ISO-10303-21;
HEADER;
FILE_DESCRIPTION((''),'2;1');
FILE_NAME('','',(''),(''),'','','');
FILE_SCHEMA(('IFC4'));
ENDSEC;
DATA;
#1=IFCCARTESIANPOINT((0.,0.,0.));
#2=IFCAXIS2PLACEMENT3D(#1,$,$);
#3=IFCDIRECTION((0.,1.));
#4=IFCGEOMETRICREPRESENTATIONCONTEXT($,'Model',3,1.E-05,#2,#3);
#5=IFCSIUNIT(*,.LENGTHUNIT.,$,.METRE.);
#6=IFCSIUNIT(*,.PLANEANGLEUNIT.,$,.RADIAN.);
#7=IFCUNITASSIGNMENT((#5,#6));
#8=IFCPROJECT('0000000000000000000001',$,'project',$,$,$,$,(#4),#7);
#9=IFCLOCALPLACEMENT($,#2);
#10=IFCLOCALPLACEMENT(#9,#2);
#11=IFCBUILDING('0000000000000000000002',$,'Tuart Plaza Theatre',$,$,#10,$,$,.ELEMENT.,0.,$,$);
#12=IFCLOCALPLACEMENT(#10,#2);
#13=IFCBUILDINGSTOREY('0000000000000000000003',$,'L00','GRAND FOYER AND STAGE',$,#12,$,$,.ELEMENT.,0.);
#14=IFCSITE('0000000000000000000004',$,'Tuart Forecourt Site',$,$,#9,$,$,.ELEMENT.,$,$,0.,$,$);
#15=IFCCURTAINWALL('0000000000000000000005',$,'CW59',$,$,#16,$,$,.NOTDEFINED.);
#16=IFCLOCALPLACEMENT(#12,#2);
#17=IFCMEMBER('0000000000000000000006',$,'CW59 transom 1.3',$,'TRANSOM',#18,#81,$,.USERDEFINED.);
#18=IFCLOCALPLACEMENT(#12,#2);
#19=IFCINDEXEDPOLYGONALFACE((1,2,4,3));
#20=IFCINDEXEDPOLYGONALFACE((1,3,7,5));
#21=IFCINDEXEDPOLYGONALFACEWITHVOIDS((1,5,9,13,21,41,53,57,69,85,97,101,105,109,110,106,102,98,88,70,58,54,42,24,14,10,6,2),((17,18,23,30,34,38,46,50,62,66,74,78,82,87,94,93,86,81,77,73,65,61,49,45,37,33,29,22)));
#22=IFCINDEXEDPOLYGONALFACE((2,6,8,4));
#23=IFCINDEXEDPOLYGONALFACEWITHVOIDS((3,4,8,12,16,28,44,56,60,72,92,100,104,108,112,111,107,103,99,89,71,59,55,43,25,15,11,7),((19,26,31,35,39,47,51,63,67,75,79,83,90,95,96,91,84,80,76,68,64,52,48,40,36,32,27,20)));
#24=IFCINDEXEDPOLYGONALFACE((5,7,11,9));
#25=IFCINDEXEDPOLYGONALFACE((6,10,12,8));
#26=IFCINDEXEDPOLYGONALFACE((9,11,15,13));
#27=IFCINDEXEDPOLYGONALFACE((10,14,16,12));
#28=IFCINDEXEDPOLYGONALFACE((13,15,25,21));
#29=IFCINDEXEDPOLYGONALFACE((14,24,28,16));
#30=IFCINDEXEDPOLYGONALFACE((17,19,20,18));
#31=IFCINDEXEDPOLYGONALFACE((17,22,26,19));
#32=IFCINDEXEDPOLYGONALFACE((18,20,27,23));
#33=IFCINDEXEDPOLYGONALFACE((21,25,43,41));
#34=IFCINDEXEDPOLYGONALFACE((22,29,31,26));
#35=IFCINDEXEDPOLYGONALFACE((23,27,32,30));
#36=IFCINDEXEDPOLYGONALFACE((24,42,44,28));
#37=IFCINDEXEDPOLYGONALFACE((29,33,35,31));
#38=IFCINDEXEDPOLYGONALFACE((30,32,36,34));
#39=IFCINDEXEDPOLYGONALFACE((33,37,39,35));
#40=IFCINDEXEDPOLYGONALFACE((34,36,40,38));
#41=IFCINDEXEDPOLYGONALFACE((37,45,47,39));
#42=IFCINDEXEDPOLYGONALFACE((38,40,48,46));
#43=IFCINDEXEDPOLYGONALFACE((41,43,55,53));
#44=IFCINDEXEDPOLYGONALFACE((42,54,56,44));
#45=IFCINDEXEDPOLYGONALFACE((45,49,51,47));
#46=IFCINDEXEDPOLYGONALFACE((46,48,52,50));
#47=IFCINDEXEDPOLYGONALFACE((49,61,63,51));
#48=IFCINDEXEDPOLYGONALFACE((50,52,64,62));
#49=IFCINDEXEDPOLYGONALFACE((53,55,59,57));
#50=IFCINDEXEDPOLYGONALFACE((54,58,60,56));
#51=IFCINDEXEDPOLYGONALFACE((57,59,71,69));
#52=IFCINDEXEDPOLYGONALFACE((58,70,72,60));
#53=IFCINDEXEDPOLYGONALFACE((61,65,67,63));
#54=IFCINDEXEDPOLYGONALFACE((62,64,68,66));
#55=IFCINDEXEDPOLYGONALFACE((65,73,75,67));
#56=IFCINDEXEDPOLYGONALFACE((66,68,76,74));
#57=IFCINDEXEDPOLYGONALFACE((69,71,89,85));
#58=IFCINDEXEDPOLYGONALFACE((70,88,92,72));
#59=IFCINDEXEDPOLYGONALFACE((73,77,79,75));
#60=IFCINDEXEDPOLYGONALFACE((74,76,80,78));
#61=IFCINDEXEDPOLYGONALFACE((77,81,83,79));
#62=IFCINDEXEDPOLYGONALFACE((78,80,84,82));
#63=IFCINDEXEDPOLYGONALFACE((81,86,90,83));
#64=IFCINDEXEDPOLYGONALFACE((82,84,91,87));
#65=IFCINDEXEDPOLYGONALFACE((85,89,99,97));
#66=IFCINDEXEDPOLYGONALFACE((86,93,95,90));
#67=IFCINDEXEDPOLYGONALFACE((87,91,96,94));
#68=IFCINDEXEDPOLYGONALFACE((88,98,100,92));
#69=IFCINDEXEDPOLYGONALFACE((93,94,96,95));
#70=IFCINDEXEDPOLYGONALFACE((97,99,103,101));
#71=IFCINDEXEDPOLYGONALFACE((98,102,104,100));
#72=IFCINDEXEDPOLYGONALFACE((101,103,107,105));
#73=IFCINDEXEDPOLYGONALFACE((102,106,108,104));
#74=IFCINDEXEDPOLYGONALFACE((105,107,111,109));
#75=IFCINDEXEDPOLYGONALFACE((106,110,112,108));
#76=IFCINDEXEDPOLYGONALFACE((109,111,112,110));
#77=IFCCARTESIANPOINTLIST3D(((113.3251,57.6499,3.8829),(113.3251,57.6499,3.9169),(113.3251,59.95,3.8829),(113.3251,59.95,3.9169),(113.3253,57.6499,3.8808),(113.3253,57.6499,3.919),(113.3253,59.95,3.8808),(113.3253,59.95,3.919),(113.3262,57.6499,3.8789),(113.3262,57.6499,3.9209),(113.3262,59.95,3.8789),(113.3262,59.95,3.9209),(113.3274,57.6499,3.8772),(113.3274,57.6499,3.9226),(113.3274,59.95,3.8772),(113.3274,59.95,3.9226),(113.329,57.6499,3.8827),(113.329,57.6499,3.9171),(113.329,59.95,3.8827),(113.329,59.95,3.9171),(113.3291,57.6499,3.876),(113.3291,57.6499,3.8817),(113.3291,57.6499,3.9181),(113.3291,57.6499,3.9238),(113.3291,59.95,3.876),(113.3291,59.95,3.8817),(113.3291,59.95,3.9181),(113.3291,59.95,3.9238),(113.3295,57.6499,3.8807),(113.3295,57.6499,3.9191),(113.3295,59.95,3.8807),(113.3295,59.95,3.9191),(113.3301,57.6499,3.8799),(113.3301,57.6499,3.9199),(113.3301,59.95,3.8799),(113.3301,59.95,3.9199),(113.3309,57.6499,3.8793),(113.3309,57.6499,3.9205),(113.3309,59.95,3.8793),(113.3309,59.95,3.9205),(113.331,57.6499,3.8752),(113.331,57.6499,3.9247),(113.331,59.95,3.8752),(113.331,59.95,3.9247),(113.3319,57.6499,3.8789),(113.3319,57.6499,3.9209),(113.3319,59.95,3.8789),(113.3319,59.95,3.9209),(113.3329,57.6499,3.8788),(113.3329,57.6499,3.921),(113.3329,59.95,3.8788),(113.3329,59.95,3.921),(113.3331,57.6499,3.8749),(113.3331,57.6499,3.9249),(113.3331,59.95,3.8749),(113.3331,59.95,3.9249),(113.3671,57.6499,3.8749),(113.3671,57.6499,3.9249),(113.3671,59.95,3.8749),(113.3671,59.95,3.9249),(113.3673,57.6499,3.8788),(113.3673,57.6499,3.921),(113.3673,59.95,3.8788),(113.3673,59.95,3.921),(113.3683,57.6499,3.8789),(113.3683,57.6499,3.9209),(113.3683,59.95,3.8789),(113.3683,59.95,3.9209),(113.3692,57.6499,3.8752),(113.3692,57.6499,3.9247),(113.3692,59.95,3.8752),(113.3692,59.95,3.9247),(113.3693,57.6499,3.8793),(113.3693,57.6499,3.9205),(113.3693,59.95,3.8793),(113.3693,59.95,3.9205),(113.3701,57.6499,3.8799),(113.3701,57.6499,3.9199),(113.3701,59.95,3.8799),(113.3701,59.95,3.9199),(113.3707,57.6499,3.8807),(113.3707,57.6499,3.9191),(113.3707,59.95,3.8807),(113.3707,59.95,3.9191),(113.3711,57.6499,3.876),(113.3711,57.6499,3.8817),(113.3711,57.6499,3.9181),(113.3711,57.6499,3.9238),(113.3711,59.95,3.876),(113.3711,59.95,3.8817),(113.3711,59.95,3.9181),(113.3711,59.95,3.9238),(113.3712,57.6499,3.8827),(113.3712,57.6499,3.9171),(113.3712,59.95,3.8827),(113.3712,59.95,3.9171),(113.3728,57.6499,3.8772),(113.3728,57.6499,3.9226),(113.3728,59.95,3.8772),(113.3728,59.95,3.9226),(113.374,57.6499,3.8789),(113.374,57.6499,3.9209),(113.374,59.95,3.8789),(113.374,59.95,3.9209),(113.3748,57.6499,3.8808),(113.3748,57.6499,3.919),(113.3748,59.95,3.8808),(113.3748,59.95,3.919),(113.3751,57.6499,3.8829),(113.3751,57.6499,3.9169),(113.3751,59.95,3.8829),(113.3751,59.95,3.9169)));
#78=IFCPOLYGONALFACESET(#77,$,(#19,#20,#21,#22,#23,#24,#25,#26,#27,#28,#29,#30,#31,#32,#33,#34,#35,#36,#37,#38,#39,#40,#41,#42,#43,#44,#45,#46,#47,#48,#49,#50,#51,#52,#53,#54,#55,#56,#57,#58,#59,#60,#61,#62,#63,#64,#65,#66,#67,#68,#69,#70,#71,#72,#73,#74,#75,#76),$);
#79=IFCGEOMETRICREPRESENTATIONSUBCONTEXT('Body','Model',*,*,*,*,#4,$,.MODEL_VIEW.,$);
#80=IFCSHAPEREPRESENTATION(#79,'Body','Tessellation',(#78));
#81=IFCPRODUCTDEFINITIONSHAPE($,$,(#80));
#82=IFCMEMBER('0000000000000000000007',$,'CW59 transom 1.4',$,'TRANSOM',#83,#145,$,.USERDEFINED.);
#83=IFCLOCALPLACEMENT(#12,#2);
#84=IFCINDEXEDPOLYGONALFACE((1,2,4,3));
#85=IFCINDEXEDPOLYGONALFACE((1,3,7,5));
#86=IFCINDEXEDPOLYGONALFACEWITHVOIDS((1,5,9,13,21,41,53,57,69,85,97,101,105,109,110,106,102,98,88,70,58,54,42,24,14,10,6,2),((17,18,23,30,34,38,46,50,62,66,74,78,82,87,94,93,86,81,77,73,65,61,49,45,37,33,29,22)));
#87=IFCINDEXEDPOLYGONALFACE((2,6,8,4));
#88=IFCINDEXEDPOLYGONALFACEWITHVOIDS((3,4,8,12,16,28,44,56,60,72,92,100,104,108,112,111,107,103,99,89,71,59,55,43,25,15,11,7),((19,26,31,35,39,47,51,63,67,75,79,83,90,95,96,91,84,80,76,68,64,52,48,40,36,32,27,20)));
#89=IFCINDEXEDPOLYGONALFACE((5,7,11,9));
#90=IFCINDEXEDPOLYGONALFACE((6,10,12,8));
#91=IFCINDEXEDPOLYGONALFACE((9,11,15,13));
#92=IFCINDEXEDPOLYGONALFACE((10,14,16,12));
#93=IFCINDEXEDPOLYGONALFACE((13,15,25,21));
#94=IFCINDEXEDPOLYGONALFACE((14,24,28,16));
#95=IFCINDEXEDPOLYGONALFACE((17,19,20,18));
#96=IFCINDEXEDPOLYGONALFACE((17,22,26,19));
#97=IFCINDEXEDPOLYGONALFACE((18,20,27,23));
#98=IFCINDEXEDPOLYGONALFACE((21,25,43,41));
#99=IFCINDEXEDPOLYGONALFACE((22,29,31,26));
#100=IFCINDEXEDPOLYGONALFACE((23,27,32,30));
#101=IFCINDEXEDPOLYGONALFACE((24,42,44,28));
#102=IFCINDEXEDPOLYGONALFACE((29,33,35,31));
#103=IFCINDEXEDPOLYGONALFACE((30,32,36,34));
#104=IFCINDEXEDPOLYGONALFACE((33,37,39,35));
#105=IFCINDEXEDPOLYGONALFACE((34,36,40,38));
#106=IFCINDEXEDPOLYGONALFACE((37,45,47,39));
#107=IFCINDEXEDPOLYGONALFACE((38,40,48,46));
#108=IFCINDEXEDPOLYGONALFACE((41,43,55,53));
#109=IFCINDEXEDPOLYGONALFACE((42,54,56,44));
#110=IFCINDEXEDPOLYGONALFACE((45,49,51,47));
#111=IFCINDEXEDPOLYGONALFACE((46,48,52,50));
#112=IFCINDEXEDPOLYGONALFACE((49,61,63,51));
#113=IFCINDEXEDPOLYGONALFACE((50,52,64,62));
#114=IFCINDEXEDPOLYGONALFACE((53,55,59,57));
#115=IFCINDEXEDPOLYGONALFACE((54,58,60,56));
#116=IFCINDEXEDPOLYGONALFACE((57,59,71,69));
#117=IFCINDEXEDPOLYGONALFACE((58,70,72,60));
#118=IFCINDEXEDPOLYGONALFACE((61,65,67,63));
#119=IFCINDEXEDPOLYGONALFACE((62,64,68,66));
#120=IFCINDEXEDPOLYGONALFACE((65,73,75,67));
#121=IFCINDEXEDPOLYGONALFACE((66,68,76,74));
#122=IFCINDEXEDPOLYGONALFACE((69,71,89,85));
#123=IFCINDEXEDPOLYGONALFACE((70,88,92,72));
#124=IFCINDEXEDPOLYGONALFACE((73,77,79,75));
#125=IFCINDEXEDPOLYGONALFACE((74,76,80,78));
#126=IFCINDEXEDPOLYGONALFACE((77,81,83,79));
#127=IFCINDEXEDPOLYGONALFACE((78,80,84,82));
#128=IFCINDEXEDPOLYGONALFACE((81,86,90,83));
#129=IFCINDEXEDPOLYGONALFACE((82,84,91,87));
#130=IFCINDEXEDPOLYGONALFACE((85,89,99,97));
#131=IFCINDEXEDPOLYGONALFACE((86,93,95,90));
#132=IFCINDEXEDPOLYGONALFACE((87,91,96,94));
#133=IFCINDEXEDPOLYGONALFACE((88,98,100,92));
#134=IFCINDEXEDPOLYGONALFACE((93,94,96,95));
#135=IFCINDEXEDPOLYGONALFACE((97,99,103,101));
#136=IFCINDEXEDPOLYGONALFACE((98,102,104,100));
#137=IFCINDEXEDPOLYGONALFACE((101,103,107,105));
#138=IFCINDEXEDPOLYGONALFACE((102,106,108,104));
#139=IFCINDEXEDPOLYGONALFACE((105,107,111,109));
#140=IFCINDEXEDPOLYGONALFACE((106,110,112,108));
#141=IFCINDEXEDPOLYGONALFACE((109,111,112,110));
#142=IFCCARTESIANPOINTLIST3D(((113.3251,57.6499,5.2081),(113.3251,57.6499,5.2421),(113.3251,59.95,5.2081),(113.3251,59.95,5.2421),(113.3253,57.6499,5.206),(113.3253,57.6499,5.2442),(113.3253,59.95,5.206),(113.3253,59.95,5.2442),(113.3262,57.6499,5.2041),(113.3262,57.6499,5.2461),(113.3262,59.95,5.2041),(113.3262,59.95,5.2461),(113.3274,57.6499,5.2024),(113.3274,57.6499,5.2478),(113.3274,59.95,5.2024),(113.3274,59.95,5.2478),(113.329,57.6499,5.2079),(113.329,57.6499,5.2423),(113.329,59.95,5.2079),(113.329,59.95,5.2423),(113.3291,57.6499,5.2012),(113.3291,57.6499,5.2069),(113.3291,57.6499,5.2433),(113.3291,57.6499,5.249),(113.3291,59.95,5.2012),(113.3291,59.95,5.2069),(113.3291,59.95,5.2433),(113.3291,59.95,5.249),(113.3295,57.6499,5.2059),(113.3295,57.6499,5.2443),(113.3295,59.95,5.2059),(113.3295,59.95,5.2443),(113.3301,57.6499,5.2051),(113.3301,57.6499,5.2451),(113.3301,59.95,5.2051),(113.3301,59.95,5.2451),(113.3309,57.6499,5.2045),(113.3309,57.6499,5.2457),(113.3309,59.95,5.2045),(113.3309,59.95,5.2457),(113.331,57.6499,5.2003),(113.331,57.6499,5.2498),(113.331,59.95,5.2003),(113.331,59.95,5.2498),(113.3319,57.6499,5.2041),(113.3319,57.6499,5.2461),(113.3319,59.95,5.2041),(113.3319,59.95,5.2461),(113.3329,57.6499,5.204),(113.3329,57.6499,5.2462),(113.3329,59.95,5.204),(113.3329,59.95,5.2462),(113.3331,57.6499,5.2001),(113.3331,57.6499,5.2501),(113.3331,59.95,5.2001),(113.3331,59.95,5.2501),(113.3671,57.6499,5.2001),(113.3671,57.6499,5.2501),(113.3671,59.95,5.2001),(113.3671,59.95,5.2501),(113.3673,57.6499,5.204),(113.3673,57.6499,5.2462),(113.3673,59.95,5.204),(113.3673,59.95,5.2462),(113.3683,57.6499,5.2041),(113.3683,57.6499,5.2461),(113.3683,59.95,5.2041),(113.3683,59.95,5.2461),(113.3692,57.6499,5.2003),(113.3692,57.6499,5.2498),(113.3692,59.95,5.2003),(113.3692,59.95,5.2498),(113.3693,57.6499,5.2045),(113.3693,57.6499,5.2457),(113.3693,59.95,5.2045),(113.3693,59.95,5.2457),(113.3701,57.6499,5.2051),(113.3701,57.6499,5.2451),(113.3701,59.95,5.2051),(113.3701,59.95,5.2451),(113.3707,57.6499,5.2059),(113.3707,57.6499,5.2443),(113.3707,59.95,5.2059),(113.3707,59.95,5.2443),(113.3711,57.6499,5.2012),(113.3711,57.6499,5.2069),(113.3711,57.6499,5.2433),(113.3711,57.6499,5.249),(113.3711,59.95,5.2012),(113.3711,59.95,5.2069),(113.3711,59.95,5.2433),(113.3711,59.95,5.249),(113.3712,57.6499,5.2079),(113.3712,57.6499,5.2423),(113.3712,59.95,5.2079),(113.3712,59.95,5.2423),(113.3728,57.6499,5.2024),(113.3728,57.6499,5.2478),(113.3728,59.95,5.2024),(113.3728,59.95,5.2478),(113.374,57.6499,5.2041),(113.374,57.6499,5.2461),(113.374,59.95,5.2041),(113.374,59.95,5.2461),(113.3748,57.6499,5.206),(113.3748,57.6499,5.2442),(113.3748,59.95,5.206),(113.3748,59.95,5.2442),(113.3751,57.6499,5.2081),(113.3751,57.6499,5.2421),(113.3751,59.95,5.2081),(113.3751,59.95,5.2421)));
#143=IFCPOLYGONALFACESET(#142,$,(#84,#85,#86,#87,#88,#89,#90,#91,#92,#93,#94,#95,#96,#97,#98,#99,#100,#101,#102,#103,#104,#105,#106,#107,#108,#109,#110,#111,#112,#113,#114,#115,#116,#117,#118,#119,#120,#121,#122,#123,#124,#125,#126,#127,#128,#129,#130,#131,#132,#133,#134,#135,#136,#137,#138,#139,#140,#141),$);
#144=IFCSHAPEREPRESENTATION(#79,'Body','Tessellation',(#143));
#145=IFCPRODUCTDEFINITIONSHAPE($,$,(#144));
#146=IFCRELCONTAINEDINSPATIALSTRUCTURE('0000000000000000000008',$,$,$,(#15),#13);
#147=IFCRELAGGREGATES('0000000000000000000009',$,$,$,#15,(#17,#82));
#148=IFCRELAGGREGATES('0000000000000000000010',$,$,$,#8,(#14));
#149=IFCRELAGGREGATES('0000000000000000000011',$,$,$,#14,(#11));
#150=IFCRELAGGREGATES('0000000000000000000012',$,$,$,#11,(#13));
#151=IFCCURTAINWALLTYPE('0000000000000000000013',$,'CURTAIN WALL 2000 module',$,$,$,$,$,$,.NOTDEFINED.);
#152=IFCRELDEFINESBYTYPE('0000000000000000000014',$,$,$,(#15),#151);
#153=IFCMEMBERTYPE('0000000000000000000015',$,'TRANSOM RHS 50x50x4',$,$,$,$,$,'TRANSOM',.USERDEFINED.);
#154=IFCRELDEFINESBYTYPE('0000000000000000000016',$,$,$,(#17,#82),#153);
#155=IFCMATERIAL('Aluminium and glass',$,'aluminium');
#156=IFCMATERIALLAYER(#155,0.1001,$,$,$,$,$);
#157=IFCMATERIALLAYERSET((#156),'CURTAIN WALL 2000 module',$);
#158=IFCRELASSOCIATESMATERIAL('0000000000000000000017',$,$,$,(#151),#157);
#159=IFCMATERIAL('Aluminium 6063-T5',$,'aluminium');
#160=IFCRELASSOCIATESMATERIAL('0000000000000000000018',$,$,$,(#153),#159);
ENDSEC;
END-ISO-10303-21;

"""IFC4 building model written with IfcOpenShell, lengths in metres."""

from ifc_helpers import new_model, si_unit, direction, frame, origin, origin_2d, place, context, subcontext, project, spatial, hollow_rectangle, extrude, material, layer, layer_set, material_profile, profile_set, type_object, element, aggregate, save


model = new_model("IFC4")

# Units and contexts
model_context = context("Model", 3, precision=1e-05, world=origin(), true_north=direction((0.0, 1.0)))
body_context = subcontext(model_context, "Body", "Model", "MODEL_VIEW")
ifc_project = project(units=[si_unit("LENGTHUNIT", "METRE"), si_unit("PLANEANGLEUNIT", "RADIAN")], contexts=[model_context])

# Site, building, storey
site_placement = place(None, origin())
site = spatial("IfcSite", under=ifc_project, at=site_placement, Name="Tuart Forecourt Site", CompositionType="ELEMENT", RefElevation=0.0)
building_placement = place(site_placement, origin())
building = spatial("IfcBuilding", under=site, at=building_placement, Name="Tuart Plaza Theatre", CompositionType="ELEMENT", ElevationOfRefHeight=0.0)
storey_placement = place(building_placement, origin())
storey = spatial("IfcBuildingStorey", under=building, at=storey_placement, Name="L00", Description="GRAND FOYER AND STAGE", CompositionType="ELEMENT", Elevation=0.0)

# Curtain wall, members
ifc_material_1 = material(Name="Aluminium and glass", Category="aluminium")
ifc_layer_1 = layer(ifc_material_1, 0.1001)
ifc_layer_set_1 = layer_set([ifc_layer_1], Name="CURTAIN WALL 2000 module")
curtain_wall_type = type_object("IfcCurtainWallType", Name="CURTAIN WALL 2000 module", PredefinedType="NOTDEFINED", material=ifc_layer_set_1)
curtain_wall_placement = place(storey_placement, origin())
curtain_wall = element("IfcCurtainWall", 1, at=curtain_wall_placement, inside=storey, type_object=curtain_wall_type, Name="CW59", PredefinedType="NOTDEFINED")
ifc_material_2 = material(Name="Aluminium 6063-T5", Category="aluminium")
ifc_material_profile_1 = material_profile(ifc_material_2, hollow_rectangle(XDim=0.05, YDim=0.05, WallThickness=0.0039, InnerFilletRadius=0.0039, OuterFilletRadius=0.0081, at=origin_2d()), Name="RHS 50x50x4")
ifc_profile_set_1 = profile_set([ifc_material_profile_1], Name="Aluminium 6063-T5")
member_type_1 = type_object("IfcMemberType", Name="TRANSOM RHS 50x50x4", ElementType="TRANSOM", PredefinedType="USERDEFINED", material=ifc_profile_set_1)
member_1_placement = place(storey_placement, frame((113.3501, 59.95, 3.8999), z_axis=(0.0, -1.0, 0.0), x_axis=(1.0, 0.0, 0.0)))
member_1 = element("IfcMember", 2, at=member_1_placement, type_object=member_type_1, Name="CW59 transom 1.3", ObjectType="TRANSOM", PredefinedType="USERDEFINED", context=body_context, shape_type="SweptSolid", body=[
    extrude(hollow_rectangle(XDim=0.05, YDim=0.05, WallThickness=0.0039, InnerFilletRadius=0.0039, OuterFilletRadius=0.0081, at=origin_2d()), origin(), (0.0, 0.0, 1.0), 2.3),
])
member_2_placement = place(storey_placement, frame((113.3501, 59.95, 5.2251), z_axis=(0.0, -1.0, 0.0), x_axis=(1.0, 0.0, 0.0)))
member_2 = element("IfcMember", 3, at=member_2_placement, type_object=member_type_1, Name="CW59 transom 1.4", ObjectType="TRANSOM", PredefinedType="USERDEFINED", context=body_context, shape_type="SweptSolid", body=[
    extrude(hollow_rectangle(XDim=0.05, YDim=0.05, WallThickness=0.0039, InnerFilletRadius=0.0039, OuterFilletRadius=0.0081, at=origin_2d()), origin(), (0.0, 0.0, 1.0), 2.3),
])
aggregate(curtain_wall, [member_1, member_2])

save(model, "model.ifc")
